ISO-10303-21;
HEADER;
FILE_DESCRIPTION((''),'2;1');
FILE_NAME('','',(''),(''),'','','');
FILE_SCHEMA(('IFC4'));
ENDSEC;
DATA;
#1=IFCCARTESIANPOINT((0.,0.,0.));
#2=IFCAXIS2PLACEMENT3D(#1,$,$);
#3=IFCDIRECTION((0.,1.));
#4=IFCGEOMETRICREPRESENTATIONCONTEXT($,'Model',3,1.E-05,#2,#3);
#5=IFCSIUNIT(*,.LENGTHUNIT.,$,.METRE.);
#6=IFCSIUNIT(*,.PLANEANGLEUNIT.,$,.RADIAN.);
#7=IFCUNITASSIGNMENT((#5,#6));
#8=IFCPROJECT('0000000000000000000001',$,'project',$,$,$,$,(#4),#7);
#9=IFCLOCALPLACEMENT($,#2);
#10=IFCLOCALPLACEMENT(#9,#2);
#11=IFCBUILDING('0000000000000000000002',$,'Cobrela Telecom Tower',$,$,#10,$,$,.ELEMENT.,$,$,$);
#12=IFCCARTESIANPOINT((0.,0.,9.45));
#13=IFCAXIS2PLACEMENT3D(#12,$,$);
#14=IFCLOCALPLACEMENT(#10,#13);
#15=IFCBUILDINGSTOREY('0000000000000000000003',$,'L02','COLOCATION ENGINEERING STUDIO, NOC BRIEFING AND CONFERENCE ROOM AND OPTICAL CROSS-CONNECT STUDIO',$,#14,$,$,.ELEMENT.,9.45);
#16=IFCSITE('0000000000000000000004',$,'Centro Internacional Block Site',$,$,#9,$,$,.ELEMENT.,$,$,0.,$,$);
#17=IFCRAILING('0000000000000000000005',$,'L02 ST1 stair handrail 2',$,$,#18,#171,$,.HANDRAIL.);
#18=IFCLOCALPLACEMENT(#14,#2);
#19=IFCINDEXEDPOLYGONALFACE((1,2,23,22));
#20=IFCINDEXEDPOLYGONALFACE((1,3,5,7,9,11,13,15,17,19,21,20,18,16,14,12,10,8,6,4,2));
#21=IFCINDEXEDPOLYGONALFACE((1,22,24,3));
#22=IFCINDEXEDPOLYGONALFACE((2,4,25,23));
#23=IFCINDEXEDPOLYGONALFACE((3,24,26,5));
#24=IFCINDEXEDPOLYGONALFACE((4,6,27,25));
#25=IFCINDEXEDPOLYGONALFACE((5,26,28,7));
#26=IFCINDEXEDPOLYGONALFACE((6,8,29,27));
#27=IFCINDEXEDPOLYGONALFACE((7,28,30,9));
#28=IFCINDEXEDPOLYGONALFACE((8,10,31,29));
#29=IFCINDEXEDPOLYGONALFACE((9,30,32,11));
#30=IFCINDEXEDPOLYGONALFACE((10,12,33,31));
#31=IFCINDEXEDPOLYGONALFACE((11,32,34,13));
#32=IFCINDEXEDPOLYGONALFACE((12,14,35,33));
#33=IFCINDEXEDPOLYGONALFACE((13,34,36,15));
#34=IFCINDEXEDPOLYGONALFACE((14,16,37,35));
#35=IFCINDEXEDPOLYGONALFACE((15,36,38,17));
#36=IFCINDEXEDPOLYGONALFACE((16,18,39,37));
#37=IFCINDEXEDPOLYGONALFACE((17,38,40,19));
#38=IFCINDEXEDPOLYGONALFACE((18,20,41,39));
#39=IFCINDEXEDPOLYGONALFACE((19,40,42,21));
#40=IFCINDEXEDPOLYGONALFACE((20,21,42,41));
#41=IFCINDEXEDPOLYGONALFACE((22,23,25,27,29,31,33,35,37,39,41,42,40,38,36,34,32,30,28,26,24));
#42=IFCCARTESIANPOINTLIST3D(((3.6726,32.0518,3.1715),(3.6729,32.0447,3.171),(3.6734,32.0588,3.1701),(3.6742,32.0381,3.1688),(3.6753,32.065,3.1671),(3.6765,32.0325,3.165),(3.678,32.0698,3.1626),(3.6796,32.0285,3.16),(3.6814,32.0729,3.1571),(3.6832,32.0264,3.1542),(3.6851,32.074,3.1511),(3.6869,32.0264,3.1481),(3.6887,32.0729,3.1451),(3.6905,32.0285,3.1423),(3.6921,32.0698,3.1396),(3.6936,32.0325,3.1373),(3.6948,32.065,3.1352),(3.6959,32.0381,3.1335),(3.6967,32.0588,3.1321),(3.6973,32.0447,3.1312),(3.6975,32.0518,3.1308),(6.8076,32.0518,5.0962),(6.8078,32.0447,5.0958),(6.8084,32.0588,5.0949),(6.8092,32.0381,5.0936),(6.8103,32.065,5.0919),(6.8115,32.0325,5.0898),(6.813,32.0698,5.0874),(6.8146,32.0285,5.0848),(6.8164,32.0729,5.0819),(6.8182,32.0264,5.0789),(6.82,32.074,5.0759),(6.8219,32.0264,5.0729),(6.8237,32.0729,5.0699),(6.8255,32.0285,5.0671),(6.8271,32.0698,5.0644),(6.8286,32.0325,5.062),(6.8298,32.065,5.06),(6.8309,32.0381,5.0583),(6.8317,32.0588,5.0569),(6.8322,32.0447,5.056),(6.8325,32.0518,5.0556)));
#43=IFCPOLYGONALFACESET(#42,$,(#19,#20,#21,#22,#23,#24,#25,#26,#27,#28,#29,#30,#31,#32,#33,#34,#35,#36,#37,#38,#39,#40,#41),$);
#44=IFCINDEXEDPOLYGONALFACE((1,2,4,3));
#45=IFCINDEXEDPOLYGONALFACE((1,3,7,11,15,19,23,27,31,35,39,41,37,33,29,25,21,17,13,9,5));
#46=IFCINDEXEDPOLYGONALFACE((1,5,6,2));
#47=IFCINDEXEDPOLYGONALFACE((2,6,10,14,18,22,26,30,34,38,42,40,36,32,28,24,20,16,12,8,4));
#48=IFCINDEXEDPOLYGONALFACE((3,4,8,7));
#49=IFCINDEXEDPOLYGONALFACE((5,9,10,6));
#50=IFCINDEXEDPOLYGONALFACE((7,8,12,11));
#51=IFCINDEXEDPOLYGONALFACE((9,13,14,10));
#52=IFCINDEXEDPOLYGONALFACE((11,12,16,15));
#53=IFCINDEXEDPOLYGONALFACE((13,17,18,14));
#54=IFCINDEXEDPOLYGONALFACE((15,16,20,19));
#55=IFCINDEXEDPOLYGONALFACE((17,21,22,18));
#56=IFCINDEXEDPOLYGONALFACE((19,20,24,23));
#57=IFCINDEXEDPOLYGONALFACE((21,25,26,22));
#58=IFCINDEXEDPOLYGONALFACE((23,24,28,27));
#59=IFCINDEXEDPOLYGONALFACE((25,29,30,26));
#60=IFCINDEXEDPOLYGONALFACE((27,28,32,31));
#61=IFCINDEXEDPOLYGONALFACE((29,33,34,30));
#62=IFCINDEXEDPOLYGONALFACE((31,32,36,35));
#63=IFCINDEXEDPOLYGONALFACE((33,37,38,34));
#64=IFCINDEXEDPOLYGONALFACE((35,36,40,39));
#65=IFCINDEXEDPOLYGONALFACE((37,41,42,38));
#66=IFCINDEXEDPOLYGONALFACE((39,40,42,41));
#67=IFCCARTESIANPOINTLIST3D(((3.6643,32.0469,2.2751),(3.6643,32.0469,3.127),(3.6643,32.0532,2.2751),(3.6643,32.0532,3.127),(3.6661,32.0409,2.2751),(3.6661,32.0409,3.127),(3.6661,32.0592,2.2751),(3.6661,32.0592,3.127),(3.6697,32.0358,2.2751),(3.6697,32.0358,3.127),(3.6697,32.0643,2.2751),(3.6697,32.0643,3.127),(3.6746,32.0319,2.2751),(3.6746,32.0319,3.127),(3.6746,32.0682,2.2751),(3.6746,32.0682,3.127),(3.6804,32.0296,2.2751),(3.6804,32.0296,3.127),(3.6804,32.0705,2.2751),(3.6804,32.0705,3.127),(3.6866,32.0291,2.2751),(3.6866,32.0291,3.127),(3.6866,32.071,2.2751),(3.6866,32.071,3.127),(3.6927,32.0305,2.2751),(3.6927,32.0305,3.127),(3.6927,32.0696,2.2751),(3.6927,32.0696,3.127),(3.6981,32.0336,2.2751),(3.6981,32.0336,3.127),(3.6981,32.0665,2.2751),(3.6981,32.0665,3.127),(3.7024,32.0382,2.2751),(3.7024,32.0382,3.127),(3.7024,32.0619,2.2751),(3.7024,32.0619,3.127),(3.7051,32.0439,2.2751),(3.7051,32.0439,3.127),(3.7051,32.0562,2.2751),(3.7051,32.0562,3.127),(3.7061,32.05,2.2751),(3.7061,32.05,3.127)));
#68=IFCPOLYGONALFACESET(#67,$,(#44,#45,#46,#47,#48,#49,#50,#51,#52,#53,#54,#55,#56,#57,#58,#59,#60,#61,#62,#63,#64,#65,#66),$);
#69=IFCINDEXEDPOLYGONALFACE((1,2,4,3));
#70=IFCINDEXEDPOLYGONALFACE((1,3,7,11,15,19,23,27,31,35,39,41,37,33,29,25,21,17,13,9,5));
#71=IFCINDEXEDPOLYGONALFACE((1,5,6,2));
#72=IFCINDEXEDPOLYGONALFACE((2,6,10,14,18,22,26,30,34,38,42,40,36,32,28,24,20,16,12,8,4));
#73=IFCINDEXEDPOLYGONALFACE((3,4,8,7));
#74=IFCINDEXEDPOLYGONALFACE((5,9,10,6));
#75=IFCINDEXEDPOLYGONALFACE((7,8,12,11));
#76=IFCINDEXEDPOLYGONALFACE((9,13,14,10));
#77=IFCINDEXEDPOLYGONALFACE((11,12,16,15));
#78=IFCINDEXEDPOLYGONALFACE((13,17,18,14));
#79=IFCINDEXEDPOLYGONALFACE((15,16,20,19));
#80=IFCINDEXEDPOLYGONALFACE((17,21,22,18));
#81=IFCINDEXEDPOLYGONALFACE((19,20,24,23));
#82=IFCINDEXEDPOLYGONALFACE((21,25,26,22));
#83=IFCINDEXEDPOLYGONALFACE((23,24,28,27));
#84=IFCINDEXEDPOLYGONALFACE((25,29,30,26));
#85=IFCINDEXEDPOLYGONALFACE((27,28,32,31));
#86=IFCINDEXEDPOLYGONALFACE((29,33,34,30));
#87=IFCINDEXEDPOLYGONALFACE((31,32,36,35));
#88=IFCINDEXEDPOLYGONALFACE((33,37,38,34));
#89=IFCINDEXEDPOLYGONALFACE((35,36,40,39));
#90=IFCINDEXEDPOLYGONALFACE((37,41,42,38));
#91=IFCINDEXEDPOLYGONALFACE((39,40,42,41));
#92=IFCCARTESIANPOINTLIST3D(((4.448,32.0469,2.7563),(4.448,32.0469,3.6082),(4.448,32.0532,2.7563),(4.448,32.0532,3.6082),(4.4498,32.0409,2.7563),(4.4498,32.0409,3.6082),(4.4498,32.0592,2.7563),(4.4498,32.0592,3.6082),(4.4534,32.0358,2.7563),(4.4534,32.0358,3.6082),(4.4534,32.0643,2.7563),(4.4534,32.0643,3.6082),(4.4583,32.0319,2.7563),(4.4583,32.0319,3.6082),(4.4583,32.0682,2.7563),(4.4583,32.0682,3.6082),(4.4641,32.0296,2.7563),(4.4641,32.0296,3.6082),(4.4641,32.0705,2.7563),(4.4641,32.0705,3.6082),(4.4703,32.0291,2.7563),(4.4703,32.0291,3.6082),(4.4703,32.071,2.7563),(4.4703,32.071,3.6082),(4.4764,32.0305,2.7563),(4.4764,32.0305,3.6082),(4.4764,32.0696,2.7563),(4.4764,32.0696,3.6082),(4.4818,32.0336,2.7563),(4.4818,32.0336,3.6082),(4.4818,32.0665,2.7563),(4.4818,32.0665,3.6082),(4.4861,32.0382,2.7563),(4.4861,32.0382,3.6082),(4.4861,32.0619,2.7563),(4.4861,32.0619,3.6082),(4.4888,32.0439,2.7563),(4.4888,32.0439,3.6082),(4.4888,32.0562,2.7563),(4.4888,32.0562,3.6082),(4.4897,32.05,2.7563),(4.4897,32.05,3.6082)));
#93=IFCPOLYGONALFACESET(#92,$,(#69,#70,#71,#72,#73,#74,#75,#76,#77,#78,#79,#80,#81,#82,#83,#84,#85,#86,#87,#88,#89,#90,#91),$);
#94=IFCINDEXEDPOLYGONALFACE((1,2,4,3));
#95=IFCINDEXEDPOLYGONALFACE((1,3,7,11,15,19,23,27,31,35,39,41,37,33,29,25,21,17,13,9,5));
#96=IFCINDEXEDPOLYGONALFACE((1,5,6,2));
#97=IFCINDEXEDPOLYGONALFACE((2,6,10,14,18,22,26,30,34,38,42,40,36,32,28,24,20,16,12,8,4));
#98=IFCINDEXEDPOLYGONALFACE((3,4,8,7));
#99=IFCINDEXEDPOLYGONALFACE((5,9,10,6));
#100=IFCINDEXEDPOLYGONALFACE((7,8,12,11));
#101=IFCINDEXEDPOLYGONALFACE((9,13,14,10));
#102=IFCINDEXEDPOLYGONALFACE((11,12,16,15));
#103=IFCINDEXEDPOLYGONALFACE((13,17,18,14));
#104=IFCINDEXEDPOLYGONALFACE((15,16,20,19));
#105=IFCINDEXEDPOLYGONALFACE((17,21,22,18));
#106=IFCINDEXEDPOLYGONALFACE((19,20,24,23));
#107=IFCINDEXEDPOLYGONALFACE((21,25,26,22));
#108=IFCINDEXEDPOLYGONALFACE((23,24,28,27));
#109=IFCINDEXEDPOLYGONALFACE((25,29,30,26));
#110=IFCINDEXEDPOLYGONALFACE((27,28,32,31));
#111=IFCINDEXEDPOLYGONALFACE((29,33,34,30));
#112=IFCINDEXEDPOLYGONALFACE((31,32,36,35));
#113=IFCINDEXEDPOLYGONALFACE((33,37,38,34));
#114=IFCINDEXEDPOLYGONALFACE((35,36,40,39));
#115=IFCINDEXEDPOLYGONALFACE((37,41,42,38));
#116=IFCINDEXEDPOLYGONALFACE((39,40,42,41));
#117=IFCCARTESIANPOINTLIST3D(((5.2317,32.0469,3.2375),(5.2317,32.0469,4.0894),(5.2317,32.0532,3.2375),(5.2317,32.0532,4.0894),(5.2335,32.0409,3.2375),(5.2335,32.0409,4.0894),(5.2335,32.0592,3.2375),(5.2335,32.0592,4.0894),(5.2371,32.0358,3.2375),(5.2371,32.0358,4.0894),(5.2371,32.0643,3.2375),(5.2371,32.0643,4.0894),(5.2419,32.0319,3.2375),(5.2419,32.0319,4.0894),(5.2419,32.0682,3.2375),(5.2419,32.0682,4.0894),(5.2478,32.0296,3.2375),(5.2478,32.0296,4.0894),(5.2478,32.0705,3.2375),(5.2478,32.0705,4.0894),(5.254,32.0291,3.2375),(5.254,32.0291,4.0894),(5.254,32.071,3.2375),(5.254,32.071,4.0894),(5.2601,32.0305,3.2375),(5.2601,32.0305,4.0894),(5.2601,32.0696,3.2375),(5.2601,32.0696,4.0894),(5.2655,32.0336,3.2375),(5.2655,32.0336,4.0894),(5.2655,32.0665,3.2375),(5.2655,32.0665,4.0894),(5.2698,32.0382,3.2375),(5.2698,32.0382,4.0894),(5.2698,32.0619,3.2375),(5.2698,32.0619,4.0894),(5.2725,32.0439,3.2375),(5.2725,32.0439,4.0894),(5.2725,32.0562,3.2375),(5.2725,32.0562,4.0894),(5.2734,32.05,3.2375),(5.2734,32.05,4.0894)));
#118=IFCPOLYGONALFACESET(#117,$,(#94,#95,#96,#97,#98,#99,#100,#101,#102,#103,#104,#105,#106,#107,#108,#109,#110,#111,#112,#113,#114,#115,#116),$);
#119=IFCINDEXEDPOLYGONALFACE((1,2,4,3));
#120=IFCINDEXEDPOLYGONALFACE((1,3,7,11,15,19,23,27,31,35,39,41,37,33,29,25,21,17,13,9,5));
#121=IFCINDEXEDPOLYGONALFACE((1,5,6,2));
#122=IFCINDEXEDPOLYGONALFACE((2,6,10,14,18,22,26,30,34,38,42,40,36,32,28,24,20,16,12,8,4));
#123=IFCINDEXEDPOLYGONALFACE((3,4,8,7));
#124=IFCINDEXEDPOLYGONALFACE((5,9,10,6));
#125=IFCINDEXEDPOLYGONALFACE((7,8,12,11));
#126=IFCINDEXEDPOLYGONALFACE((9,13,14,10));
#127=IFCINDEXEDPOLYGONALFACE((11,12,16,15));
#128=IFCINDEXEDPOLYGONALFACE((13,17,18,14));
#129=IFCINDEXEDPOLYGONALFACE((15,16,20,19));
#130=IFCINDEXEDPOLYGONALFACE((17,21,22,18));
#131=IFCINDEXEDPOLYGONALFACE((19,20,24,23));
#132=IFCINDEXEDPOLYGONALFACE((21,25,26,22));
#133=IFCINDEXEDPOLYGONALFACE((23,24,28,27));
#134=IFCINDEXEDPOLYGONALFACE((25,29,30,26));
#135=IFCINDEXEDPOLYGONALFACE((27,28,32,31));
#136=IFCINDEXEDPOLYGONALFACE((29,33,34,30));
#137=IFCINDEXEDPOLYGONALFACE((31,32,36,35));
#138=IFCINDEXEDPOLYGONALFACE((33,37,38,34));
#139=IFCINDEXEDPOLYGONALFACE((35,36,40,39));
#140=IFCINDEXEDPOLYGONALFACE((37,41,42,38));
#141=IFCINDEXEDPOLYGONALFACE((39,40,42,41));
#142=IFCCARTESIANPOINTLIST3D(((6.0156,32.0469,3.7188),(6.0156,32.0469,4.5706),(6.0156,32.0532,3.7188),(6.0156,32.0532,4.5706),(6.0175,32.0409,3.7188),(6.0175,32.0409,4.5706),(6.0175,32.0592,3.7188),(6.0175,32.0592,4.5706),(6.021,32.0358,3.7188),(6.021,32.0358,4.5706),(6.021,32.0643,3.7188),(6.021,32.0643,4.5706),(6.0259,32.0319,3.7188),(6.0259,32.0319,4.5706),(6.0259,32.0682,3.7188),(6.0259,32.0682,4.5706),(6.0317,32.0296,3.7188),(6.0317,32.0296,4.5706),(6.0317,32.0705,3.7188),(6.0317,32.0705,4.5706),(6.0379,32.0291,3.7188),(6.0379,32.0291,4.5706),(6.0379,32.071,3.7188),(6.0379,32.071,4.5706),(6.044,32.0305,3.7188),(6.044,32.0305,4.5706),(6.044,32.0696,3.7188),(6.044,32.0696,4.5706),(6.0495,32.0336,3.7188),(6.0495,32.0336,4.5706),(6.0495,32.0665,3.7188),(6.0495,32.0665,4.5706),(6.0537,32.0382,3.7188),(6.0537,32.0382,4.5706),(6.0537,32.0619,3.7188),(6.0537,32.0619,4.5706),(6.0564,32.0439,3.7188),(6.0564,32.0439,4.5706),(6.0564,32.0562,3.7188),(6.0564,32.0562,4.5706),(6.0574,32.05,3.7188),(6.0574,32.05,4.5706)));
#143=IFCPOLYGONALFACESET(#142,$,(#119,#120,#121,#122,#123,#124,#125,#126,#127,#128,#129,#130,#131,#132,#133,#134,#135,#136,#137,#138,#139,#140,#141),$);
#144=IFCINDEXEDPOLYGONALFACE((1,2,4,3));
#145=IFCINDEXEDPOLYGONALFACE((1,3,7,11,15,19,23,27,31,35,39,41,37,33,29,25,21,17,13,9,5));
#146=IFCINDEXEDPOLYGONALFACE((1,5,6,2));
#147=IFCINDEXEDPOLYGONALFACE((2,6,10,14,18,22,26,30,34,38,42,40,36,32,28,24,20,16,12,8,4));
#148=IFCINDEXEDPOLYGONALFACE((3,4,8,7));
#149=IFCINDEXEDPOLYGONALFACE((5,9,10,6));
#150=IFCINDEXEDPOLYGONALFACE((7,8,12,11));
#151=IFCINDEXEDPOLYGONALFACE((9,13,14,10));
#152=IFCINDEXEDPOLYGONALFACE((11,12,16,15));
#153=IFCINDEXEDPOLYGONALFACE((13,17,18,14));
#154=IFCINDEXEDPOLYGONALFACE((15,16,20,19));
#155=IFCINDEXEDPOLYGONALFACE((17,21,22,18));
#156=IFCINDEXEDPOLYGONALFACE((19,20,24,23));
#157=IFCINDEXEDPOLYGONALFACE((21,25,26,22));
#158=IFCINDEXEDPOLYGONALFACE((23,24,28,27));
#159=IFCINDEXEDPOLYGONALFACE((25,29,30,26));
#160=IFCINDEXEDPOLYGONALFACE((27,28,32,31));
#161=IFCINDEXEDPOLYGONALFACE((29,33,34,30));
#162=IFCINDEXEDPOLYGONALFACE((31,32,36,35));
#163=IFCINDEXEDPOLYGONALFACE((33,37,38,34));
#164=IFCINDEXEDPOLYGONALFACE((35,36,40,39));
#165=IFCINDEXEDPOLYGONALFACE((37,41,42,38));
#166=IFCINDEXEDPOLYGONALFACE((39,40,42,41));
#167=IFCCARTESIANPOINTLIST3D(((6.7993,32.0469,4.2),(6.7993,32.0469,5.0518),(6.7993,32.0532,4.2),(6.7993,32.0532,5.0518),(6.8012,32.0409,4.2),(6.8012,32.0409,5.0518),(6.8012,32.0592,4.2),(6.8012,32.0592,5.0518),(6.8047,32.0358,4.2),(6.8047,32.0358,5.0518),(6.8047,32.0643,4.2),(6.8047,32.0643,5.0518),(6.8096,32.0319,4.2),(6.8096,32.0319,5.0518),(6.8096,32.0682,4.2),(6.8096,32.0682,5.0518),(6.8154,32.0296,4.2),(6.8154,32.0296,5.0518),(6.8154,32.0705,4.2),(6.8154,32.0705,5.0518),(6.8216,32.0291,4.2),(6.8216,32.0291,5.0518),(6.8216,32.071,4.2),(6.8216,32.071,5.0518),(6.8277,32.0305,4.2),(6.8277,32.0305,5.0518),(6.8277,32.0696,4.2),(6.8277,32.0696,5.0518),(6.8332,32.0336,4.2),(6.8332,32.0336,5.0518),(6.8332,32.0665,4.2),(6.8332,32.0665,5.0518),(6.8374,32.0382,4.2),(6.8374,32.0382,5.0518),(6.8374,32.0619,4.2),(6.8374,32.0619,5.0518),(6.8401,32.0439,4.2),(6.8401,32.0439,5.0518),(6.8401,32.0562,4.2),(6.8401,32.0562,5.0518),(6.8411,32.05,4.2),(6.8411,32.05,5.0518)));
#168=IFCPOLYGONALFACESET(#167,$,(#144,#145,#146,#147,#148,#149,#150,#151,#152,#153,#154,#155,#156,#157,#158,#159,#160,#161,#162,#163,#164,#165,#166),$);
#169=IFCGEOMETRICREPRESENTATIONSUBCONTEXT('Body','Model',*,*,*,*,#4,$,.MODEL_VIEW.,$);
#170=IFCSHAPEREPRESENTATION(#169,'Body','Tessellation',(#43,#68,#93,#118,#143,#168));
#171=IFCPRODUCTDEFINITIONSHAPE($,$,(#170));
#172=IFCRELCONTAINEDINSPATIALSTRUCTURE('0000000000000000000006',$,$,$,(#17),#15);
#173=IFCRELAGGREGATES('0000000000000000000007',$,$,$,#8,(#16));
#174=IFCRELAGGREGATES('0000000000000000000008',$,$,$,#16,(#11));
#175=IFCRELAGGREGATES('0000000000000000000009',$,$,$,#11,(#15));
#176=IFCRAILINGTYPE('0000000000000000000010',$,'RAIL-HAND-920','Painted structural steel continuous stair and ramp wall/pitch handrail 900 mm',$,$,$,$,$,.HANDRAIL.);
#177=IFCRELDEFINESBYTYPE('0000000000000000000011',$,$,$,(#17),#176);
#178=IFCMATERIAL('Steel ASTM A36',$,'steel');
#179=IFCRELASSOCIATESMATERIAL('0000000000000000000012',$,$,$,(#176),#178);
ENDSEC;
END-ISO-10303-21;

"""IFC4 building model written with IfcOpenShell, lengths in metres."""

from ifc_helpers import new_model, si_unit, direction, frame, origin, origin_2d, place, context, subcontext, project, spatial, circle, extrude, material, type_object, element, save


model = new_model("IFC4")

# Units and contexts
model_context = context("Model", 3, precision=1e-05, world=origin(), true_north=direction((0.0, 1.0)))
body_context = subcontext(model_context, "Body", "Model", "MODEL_VIEW")
ifc_project = project(units=[si_unit("LENGTHUNIT", "METRE"), si_unit("PLANEANGLEUNIT", "RADIAN")], contexts=[model_context])

# Site, building, storey
site_placement = place(None, origin())
site = spatial("IfcSite", under=ifc_project, at=site_placement, Name="Centro Internacional Block Site", CompositionType="ELEMENT", RefElevation=0.0)
building_placement = place(site_placement, origin())
building = spatial("IfcBuilding", under=site, at=building_placement, Name="Cobrela Telecom Tower", CompositionType="ELEMENT")
storey_placement = place(building_placement, frame((0.0, 0.0, 9.45)))
storey = spatial("IfcBuildingStorey", under=building, at=storey_placement, Name="L02", Description="COLOCATION ENGINEERING STUDIO, NOC BRIEFING AND CONFERENCE ROOM AND OPTICAL CROSS-CONNECT STUDIO", CompositionType="ELEMENT", Elevation=9.45)

# Shared definitions
ifc_material_1 = material(Name="Steel ASTM A36", Category="steel")

# Railing
railing_type_1 = type_object("IfcRailingType", Name="RAIL-HAND-920", Description="Painted structural steel continuous stair and ramp wall/pitch handrail 900 mm", PredefinedType="HANDRAIL", material=ifc_material_1)
railing_1_placement = place(storey_placement, frame((3.6851, 32.05, 2.2751)))
element("IfcRailing", 1, at=railing_1_placement, inside=storey, type_object=railing_type_1, Name="L02 ST1 stair handrail 2", PredefinedType="HANDRAIL", context=body_context, shape_type="SweptSolid", body=[
    extrude(circle(Radius=0.0239, at=origin_2d()), frame((0.0, 0.0, 0.876), z_axis=(0.852196, 0.0, 0.523223), x_axis=(0.0, 1.0, 0.0)), (0.0, 0.0, 1.0), 3.6787),
    extrude(circle(Radius=0.021, at=origin_2d()), origin(), (0.0, 0.0, 1.0), 0.8518),
    extrude(circle(Radius=0.021, at=origin_2d()), frame((0.7837, 0.0, 0.4812)), (0.0, 0.0, 1.0), 0.8518),
    extrude(circle(Radius=0.021, at=origin_2d()), frame((1.5674, 0.0, 0.9624)), (0.0, 0.0, 1.0), 0.8518),
    extrude(circle(Radius=0.021, at=origin_2d()), frame((2.3513, 0.0, 1.4436)), (0.0, 0.0, 1.0), 0.8518),
    extrude(circle(Radius=0.021, at=origin_2d()), frame((3.135, 0.0, 1.9248)), (0.0, 0.0, 1.0), 0.8518),
])

save(model, "model.ifc")
